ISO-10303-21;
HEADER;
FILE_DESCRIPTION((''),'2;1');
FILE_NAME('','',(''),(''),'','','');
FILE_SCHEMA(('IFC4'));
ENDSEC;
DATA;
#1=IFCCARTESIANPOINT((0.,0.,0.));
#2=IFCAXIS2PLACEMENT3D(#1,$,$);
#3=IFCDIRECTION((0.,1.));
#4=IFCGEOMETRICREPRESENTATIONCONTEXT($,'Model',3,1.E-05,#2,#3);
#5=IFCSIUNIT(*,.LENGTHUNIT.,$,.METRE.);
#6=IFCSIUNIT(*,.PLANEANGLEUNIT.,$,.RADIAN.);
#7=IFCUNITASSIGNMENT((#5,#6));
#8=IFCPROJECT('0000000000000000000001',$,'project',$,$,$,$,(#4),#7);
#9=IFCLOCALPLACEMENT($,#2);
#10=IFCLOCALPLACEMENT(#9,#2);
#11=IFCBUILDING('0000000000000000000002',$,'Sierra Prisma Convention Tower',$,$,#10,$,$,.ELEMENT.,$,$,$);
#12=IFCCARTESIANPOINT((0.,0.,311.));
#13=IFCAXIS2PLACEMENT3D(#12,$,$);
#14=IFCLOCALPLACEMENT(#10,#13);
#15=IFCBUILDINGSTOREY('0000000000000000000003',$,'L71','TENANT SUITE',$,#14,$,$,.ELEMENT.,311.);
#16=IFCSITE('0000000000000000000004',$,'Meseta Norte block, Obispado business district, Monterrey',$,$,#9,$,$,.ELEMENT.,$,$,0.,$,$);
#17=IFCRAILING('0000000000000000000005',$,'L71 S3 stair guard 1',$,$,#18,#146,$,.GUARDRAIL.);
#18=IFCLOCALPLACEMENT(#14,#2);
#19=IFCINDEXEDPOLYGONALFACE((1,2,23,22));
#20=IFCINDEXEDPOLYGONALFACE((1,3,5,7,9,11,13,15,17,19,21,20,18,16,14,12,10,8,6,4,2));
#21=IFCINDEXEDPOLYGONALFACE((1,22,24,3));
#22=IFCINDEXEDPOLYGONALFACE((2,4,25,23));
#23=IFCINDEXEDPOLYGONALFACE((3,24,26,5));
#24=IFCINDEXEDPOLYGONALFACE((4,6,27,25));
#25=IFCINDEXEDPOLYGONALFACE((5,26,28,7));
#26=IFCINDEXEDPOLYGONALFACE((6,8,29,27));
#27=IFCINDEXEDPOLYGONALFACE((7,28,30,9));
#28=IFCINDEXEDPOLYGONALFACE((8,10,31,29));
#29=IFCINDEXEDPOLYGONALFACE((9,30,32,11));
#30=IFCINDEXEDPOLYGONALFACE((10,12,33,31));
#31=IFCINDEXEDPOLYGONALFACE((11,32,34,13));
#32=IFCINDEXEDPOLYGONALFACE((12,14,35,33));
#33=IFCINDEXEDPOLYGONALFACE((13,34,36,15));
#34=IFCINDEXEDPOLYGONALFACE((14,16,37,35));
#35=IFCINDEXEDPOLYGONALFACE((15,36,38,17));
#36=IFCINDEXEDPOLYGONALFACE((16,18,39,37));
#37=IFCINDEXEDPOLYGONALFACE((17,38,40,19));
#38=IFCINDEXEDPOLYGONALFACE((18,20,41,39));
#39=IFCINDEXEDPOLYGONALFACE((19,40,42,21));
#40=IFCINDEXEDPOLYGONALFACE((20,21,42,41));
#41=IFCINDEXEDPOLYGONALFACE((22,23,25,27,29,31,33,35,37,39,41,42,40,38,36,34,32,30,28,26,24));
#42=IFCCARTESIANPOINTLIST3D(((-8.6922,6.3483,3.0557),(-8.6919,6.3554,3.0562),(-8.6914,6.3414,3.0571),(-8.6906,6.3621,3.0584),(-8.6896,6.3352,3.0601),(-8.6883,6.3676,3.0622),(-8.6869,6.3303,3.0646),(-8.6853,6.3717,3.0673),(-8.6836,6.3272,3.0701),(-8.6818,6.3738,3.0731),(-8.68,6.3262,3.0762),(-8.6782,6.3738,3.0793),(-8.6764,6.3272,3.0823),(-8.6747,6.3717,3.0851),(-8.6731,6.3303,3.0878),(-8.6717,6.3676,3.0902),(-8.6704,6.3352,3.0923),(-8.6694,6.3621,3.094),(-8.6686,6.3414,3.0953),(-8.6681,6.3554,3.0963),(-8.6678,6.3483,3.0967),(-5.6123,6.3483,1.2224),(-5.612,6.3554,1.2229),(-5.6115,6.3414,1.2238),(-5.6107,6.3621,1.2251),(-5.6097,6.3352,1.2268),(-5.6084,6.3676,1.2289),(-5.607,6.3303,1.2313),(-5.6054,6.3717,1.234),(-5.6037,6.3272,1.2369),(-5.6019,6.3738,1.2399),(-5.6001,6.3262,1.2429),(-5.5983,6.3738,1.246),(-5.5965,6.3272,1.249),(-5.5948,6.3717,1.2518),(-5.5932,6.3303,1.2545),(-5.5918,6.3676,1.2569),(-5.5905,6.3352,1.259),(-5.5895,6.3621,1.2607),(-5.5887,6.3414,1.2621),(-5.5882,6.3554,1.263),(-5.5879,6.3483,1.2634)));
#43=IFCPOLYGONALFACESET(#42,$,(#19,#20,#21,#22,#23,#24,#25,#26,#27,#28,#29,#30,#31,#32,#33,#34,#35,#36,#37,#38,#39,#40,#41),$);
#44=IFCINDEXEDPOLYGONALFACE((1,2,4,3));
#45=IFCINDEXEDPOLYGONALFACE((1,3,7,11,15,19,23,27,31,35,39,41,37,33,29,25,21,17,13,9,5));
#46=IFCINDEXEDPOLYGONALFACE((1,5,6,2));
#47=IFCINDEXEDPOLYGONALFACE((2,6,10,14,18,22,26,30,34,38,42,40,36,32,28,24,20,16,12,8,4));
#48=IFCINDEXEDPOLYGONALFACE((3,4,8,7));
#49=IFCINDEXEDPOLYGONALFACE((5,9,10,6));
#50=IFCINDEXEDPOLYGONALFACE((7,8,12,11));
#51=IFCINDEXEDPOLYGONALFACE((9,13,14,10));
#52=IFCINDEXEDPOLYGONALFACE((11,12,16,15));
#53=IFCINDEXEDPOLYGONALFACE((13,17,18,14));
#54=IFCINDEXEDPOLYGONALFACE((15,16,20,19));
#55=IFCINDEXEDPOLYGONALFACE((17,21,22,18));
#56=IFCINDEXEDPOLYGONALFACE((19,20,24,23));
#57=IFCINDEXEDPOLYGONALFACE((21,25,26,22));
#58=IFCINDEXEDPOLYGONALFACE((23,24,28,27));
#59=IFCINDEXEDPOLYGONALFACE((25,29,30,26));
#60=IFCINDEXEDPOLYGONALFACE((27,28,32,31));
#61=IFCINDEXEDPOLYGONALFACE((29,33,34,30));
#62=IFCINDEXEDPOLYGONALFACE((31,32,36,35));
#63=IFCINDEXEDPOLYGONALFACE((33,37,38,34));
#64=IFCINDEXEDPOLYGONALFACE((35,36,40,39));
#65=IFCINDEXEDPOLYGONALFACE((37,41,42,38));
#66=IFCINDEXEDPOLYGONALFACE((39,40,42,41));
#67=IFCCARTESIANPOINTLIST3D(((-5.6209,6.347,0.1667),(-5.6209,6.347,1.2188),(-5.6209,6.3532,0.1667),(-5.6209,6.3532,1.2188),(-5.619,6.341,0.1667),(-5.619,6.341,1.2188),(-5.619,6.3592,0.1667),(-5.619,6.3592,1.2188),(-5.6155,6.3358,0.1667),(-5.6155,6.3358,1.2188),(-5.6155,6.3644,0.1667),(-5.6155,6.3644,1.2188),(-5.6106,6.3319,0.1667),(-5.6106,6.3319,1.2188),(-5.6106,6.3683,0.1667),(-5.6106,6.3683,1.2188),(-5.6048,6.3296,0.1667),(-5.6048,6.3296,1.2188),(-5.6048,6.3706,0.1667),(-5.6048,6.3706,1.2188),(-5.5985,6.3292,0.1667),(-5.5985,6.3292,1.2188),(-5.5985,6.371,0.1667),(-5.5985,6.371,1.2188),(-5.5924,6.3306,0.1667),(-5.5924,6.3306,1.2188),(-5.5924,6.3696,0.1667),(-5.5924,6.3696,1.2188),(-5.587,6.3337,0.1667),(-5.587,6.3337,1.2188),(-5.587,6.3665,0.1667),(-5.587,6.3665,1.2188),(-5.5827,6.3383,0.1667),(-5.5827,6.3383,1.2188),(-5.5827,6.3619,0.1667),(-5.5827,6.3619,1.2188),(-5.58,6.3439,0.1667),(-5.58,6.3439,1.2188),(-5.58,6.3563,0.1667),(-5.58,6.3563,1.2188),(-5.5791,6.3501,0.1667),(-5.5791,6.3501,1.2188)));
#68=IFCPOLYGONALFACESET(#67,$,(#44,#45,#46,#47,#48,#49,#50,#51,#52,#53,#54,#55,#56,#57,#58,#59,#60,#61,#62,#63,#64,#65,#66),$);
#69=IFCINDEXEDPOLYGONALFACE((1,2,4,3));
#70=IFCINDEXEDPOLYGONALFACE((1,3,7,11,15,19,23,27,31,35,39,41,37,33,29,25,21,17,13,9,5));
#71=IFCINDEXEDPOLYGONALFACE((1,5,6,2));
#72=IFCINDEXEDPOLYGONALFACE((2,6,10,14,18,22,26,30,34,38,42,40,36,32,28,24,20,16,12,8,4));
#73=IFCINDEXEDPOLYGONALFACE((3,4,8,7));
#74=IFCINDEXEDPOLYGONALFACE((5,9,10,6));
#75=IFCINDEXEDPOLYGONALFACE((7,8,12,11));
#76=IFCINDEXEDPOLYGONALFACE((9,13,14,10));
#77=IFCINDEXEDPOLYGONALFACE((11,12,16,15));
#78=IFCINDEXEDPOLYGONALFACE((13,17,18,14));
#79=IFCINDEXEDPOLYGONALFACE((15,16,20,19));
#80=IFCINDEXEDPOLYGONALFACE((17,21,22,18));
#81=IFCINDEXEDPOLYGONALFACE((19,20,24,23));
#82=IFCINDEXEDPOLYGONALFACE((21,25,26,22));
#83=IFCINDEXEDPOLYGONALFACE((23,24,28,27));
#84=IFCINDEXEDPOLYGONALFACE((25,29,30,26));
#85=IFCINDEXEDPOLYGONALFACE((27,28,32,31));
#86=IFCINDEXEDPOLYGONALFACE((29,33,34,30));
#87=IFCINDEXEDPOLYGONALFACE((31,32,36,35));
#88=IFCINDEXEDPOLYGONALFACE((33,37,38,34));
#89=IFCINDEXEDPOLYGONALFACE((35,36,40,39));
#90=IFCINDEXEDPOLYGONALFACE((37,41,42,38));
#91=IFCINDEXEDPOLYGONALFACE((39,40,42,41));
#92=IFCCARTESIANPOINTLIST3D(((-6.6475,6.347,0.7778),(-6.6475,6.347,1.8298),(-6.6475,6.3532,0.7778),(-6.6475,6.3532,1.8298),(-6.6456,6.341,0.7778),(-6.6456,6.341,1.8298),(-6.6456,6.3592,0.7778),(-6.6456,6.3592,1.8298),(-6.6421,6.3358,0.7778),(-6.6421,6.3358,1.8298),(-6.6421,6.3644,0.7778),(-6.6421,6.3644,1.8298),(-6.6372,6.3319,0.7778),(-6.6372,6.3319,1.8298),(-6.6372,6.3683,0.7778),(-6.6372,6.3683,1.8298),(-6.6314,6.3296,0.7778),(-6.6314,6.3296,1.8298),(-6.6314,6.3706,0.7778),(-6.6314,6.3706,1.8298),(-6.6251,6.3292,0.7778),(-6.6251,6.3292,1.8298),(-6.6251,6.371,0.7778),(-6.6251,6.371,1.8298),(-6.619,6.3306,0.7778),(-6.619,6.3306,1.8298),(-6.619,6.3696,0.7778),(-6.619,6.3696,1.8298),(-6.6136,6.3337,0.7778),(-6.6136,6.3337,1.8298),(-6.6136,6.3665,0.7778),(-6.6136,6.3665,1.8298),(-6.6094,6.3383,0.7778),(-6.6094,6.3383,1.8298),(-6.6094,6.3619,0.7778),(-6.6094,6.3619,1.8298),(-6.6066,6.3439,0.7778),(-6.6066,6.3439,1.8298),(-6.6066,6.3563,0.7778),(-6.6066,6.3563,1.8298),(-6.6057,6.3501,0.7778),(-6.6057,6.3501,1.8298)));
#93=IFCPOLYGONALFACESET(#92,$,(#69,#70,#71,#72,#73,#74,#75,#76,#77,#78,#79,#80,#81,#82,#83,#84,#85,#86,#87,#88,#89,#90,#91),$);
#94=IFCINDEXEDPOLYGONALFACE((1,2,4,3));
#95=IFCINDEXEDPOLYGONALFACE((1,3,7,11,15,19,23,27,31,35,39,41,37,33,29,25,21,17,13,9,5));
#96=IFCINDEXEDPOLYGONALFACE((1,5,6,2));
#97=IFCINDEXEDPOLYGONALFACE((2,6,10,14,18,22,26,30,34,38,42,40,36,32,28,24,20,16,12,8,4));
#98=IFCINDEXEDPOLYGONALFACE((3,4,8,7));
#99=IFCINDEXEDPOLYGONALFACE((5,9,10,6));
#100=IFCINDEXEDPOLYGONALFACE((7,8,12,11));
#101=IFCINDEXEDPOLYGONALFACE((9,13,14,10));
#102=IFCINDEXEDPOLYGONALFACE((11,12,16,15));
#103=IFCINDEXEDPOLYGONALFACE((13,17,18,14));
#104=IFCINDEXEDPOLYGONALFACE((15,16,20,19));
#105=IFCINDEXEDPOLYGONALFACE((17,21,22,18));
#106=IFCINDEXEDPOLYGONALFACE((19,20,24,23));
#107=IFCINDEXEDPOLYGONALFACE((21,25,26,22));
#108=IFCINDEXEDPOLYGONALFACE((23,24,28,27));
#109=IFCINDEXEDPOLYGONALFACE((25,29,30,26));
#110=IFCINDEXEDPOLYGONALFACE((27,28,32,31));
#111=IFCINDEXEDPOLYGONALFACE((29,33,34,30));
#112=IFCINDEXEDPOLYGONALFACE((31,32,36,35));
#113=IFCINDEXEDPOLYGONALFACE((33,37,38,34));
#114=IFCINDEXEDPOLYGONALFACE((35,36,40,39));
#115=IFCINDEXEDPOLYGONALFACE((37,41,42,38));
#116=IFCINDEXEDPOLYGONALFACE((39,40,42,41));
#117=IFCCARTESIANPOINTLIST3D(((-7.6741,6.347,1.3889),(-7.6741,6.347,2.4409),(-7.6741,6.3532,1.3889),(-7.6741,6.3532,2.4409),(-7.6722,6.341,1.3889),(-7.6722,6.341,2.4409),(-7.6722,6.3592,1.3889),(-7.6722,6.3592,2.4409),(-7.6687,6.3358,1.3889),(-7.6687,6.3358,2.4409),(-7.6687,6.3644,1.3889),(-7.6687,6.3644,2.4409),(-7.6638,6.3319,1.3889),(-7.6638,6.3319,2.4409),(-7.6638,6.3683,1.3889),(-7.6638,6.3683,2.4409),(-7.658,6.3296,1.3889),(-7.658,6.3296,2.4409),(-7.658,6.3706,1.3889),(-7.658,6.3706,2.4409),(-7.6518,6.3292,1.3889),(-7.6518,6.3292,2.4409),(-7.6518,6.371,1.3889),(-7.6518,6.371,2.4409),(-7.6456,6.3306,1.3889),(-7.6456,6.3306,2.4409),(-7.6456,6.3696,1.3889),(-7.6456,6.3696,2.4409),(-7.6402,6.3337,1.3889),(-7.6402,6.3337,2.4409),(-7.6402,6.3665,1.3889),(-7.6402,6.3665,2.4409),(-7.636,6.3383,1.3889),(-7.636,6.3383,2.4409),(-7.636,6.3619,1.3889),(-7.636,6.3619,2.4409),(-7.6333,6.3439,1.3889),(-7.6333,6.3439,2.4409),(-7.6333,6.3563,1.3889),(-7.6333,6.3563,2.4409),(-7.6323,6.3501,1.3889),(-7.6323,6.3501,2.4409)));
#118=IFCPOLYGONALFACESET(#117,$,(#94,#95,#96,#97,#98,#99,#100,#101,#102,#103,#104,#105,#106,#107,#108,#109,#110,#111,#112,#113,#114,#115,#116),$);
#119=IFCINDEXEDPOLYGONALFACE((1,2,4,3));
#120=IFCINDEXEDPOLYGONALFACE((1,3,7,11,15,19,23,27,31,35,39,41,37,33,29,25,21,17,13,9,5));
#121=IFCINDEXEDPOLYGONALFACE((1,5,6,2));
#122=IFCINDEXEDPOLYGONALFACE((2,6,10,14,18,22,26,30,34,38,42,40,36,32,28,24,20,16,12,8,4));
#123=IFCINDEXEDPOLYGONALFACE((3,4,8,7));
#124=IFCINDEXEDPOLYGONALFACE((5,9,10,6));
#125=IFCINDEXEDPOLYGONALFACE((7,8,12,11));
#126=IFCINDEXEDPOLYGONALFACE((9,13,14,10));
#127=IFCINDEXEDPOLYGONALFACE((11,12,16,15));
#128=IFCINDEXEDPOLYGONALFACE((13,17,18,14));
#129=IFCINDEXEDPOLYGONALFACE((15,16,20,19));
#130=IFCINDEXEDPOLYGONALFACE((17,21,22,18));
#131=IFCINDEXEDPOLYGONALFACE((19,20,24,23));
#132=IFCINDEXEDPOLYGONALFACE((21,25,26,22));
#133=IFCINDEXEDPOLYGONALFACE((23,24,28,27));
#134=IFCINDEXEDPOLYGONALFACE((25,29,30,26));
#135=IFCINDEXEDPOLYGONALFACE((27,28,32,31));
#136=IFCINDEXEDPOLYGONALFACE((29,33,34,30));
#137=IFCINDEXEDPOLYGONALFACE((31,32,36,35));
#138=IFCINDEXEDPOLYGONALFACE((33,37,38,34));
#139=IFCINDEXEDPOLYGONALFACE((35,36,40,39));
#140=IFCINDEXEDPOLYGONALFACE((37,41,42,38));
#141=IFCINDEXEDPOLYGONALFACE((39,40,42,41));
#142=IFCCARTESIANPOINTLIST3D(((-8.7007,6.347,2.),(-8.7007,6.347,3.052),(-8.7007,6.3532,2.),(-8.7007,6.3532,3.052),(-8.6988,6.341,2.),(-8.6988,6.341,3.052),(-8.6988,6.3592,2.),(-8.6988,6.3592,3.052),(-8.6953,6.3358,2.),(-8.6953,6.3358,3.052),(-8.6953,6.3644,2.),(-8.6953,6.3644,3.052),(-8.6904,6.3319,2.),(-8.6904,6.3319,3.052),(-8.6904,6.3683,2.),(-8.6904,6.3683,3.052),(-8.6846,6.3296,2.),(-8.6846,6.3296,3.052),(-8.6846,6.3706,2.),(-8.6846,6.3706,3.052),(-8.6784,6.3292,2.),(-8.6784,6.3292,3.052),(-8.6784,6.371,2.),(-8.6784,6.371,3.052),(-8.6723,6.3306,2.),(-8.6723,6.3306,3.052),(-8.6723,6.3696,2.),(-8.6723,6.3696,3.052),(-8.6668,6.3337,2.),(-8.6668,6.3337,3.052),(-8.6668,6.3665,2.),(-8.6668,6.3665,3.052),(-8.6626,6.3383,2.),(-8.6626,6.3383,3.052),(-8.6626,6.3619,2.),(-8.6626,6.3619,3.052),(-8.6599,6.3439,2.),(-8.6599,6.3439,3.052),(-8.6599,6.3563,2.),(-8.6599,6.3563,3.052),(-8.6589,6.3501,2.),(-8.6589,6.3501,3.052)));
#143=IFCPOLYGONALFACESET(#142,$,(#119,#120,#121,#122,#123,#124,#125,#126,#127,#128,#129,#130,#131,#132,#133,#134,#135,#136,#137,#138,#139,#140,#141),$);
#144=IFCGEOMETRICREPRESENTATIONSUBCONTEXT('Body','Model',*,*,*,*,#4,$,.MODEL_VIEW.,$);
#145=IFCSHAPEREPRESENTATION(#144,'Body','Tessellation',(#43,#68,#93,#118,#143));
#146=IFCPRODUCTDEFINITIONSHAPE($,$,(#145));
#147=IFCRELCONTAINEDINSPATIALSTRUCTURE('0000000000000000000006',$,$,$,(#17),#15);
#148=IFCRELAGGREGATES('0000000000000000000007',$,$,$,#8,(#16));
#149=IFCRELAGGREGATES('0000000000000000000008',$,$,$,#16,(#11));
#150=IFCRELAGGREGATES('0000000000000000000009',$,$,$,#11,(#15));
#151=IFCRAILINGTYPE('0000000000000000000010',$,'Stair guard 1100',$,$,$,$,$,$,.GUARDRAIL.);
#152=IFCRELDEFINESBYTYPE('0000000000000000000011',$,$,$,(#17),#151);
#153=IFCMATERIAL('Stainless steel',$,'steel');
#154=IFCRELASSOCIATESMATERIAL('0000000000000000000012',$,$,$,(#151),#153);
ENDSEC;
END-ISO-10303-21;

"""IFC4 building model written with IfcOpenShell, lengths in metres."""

from ifc_helpers import new_model, si_unit, direction, frame, origin, origin_2d, place, context, subcontext, project, spatial, circle, extrude, material, type_object, element, save


model = new_model("IFC4")

# Units and contexts
model_context = context("Model", 3, precision=1e-05, world=origin(), true_north=direction((0.0, 1.0)))
body_context = subcontext(model_context, "Body", "Model", "MODEL_VIEW")
ifc_project = project(units=[si_unit("LENGTHUNIT", "METRE"), si_unit("PLANEANGLEUNIT", "RADIAN")], contexts=[model_context])

# Site, building, storey
site_placement = place(None, origin())
site = spatial("IfcSite", under=ifc_project, at=site_placement, Name="Meseta Norte block, Obispado business district, Monterrey", CompositionType="ELEMENT", RefElevation=0.0)
building_placement = place(site_placement, origin())
building = spatial("IfcBuilding", under=site, at=building_placement, Name="Sierra Prisma Convention Tower", CompositionType="ELEMENT")
storey_placement = place(building_placement, frame((0.0, 0.0, 311.0)))
storey = spatial("IfcBuildingStorey", under=building, at=storey_placement, Name="L71", Description="TENANT SUITE", CompositionType="ELEMENT", Elevation=311.0)

# Railing
ifc_material_1 = material(Name="Stainless steel", Category="steel")
railing_type_1 = type_object("IfcRailingType", Name="Stair guard 1100", PredefinedType="GUARDRAIL", material=ifc_material_1)
railing_1_placement = place(storey_placement, frame((-5.6001, 6.3501, 0.1667)))
element("IfcRailing", 1, at=railing_1_placement, inside=storey, type_object=railing_type_1, Name="L71 S3 stair guard 1", PredefinedType="GUARDRAIL", context=body_context, shape_type="SweptSolid", body=[
    extrude(circle(Radius=0.0239, at=origin_2d()), frame((0.0, 0.0, 1.0762), z_axis=(-0.859291, 0.0, 0.511487), x_axis=(0.0, -1.0, 0.0)), (0.0, 0.0, 1.0), 3.5842),
    extrude(circle(Radius=0.021, at=origin_2d()), origin(), (0.0, 0.0, 1.0), 1.052),
    extrude(circle(Radius=0.021, at=origin_2d()), frame((-1.0266, 0.0, 0.6111)), (0.0, 0.0, 1.0), 1.052),
    extrude(circle(Radius=0.021, at=origin_2d()), frame((-2.0532, 0.0, 1.2222)), (0.0, 0.0, 1.0), 1.052),
    extrude(circle(Radius=0.021, at=origin_2d()), frame((-3.0798, 0.0, 1.8333)), (0.0, 0.0, 1.0), 1.052),
])

save(model, "model.ifc")
